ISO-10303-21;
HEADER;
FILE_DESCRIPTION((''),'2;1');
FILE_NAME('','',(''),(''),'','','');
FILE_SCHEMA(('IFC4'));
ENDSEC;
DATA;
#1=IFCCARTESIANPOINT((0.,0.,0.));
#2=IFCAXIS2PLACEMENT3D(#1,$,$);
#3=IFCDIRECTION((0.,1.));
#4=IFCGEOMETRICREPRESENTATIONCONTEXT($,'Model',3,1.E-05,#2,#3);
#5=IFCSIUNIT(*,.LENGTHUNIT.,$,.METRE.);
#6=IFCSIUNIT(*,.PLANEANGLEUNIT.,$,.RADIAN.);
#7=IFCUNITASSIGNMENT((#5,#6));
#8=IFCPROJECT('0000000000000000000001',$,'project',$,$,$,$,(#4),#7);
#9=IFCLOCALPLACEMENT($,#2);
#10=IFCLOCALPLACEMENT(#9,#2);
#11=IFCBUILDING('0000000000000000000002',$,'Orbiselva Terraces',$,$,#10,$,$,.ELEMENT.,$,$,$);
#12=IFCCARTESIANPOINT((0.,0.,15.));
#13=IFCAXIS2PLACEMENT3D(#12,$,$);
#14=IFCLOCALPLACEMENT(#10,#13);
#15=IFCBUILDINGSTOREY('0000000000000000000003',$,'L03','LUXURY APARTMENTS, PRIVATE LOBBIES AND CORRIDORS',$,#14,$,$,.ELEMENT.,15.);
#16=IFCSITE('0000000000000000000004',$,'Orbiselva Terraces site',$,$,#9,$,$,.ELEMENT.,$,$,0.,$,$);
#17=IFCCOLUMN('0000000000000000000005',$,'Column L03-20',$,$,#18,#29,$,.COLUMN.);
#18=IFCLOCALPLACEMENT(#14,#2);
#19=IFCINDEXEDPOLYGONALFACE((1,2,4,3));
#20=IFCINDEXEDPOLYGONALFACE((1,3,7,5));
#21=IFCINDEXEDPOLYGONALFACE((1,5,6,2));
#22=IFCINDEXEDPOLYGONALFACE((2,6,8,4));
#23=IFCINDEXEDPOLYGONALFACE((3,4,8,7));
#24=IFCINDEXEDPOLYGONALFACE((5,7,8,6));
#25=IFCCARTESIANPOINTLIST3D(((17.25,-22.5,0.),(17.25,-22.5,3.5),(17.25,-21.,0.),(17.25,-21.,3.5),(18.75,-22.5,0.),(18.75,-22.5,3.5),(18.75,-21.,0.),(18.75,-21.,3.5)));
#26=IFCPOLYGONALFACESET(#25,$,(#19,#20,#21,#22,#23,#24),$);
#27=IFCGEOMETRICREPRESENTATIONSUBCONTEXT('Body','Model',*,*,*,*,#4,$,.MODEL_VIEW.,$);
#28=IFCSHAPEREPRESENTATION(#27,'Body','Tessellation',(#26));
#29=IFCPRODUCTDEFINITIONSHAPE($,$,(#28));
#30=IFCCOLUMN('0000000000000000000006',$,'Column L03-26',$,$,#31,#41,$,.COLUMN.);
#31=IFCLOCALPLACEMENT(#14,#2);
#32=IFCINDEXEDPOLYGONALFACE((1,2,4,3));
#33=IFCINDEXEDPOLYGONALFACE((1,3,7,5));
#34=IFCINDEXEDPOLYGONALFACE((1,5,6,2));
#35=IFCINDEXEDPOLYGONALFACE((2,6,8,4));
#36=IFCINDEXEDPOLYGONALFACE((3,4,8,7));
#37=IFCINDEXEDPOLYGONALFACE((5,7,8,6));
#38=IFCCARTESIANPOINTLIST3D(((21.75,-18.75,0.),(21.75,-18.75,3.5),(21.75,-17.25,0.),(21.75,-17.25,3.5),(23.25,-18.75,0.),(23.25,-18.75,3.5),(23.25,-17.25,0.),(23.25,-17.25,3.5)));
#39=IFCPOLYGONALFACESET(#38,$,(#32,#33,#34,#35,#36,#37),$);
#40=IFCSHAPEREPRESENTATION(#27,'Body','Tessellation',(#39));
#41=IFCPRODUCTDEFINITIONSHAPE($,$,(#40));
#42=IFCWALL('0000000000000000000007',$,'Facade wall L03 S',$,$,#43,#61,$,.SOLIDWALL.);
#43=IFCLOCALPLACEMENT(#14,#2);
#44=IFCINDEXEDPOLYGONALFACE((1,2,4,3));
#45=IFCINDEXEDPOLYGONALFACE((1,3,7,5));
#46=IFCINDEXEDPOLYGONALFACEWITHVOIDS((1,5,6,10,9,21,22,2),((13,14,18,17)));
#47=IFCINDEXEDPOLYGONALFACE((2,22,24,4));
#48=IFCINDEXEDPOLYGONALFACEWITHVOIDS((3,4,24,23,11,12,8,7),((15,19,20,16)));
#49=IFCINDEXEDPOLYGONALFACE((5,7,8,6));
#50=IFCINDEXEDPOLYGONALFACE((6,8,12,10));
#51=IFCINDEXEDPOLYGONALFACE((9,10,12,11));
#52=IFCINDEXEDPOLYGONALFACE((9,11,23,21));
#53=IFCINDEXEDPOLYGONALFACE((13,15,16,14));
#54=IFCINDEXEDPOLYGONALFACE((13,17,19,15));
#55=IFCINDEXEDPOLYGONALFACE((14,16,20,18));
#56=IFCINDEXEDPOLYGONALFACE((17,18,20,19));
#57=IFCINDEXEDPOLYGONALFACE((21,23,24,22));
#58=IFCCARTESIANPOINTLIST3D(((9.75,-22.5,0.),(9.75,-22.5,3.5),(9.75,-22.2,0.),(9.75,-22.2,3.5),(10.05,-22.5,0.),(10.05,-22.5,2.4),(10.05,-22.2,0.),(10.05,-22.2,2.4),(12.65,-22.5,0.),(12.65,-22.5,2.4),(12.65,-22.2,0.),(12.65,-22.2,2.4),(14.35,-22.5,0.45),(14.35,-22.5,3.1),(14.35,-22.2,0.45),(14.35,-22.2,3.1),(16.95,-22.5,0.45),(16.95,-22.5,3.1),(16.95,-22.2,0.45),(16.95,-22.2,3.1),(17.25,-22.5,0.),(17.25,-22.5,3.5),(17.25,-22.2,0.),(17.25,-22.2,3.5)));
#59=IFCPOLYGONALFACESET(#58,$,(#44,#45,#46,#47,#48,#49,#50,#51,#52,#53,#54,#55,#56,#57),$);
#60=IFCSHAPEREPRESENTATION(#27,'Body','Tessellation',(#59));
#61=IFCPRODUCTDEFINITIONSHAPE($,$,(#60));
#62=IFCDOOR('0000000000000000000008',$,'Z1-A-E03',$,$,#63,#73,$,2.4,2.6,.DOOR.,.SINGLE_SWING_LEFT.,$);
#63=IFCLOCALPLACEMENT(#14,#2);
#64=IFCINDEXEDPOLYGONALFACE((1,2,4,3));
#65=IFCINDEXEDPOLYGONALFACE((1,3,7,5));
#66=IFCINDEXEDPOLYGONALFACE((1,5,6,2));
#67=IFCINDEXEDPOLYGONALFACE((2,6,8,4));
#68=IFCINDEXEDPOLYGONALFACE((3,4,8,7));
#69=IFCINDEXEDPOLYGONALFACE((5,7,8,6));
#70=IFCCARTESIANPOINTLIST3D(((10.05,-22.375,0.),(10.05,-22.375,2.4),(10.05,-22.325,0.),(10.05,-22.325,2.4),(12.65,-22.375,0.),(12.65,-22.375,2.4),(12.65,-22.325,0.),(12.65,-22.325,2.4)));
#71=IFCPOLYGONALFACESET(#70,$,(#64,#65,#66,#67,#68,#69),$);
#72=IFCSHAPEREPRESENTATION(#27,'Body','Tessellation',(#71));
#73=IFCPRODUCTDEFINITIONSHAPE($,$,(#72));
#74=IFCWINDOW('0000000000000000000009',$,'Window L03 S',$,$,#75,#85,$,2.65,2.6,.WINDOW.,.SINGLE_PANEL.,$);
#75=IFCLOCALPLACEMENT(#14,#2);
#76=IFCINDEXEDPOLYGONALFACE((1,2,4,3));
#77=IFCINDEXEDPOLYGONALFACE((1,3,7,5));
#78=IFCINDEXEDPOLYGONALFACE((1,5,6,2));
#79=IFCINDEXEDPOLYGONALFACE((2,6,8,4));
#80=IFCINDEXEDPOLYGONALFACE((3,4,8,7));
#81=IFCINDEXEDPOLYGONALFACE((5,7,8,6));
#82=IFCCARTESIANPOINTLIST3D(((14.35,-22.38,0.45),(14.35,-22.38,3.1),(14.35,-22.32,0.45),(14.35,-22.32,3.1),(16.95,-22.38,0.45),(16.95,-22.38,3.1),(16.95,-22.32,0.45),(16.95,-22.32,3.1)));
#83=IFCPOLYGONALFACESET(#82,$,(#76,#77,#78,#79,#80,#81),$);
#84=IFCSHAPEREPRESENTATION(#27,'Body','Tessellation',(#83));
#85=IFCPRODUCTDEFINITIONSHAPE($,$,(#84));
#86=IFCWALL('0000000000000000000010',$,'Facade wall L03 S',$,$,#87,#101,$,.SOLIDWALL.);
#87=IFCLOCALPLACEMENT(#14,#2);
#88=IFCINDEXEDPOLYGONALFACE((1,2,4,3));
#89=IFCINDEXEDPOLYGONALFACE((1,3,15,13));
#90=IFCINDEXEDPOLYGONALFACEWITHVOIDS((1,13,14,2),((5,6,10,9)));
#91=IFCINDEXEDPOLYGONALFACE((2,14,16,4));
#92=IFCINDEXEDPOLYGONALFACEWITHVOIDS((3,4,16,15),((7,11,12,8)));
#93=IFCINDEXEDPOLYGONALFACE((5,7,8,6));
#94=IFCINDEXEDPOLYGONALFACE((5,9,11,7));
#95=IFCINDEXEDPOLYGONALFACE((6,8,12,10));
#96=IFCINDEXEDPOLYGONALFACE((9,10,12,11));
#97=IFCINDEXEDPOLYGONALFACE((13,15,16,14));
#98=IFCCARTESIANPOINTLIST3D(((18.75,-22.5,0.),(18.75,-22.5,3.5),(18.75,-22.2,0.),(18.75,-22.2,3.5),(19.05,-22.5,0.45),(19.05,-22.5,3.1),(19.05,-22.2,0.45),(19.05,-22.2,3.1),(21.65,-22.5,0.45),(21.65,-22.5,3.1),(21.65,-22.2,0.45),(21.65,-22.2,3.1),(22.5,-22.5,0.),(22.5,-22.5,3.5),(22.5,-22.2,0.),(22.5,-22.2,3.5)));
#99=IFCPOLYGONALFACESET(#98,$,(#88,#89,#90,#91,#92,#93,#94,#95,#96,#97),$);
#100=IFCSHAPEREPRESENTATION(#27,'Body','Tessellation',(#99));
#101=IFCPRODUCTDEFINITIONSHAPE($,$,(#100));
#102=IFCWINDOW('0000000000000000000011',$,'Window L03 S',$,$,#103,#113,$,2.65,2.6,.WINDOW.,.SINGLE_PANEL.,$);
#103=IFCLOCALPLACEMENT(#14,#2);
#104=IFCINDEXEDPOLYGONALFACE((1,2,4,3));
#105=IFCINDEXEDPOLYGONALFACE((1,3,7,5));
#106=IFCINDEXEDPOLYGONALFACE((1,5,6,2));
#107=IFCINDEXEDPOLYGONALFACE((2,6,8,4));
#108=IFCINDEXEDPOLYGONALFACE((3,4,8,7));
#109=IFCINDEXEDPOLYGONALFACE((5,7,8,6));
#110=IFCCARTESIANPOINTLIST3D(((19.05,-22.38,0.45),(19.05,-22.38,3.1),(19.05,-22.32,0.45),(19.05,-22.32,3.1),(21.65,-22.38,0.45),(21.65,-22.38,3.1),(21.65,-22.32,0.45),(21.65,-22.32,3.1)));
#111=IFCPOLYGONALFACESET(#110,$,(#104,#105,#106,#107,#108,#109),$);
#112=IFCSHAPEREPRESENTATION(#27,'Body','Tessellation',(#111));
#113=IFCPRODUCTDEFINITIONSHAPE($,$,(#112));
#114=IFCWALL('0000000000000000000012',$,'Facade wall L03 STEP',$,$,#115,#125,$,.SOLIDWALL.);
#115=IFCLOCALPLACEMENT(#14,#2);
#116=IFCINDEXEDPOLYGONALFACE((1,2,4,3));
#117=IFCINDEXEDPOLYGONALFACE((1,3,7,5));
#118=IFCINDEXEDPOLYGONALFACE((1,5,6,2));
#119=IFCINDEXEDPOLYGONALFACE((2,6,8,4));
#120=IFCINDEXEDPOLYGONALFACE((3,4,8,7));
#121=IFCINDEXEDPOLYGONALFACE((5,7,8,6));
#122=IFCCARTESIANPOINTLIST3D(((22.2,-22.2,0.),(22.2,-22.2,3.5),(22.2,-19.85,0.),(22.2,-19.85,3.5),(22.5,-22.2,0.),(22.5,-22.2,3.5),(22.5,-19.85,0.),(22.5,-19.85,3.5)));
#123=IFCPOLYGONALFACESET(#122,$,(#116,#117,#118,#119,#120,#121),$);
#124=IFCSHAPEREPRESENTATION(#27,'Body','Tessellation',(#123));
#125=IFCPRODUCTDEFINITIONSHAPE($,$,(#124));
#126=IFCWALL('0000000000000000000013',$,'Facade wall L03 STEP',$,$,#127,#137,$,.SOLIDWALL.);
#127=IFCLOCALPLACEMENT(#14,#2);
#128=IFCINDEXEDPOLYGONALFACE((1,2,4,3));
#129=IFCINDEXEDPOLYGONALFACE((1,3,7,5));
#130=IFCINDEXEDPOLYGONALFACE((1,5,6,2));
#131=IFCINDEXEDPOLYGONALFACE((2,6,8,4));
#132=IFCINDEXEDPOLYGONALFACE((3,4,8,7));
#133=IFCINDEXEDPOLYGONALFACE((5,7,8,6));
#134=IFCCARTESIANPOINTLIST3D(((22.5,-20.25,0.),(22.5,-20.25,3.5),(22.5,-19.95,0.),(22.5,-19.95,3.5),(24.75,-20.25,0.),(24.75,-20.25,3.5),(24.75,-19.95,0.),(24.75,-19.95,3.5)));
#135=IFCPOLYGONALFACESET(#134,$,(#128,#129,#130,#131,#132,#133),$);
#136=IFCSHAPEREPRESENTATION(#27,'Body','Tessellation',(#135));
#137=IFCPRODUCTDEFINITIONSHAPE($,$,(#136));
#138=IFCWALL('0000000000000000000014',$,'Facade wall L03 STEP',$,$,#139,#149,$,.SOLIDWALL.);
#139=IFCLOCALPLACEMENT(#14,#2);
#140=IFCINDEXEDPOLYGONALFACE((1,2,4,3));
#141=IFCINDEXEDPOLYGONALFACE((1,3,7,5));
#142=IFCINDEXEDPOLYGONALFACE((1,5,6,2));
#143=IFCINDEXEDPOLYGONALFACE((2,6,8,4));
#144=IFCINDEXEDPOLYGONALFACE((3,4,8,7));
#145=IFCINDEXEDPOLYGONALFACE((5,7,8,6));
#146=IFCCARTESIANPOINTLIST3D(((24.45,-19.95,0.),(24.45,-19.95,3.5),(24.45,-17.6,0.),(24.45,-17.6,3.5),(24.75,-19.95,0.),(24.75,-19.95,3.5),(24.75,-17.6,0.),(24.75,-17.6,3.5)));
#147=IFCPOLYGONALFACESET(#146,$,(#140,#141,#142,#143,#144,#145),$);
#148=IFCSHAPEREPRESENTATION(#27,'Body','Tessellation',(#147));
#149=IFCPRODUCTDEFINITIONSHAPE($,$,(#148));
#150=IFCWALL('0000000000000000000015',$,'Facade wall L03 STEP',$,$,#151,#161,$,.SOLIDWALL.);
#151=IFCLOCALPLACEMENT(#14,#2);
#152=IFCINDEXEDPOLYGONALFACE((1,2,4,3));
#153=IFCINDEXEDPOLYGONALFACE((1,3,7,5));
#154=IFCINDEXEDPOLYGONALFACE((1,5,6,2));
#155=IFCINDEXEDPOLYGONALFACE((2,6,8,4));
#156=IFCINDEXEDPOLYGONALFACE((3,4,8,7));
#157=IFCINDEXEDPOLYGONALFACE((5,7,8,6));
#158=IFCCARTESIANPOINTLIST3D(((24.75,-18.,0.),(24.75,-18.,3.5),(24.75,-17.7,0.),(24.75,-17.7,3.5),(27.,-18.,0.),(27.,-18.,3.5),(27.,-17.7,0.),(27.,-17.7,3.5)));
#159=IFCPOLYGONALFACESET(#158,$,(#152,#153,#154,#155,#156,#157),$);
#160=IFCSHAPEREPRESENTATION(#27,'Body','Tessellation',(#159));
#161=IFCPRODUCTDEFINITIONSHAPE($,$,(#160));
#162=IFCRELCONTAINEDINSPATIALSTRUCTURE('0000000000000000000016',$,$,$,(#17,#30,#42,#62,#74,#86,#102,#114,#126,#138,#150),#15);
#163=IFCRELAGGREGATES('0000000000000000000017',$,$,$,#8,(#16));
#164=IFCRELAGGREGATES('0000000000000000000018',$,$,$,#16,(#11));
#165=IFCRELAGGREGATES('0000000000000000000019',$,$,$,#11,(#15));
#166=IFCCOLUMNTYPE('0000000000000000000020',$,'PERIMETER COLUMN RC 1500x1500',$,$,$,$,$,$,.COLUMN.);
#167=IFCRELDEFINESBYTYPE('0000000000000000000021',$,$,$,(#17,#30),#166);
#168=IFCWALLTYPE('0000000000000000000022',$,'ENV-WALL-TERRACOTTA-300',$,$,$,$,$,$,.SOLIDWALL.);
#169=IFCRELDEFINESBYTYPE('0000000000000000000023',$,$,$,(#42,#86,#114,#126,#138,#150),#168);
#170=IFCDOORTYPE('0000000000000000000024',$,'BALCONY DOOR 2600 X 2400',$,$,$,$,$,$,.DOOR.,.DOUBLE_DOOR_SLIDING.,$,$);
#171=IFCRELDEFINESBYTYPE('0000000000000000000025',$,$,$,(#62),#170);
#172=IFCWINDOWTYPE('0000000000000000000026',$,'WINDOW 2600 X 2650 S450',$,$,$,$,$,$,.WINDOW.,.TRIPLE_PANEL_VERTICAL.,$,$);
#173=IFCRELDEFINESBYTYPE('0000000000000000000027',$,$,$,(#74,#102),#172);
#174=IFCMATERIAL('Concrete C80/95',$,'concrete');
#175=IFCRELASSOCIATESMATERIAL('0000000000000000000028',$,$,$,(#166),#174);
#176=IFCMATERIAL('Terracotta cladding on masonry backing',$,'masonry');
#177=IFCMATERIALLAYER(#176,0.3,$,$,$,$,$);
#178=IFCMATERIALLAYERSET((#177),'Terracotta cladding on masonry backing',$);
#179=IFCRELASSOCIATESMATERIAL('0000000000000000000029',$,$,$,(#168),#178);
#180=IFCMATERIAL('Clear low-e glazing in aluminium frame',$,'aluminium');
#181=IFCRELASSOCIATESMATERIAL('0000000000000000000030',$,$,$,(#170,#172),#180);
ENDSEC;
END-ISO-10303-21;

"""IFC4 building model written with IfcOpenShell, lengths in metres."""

from ifc_helpers import new_model, si_unit, direction, frame, frame_2d, origin, origin_2d, place, context, subcontext, project, spatial, rectangle, extrude, material, layer, layer_set, material_profile, profile_set, type_object, element, fill, save


model = new_model("IFC4")

# Units and contexts
model_context = context("Model", 3, precision=1e-05, world=origin(), true_north=direction((0.0, 1.0)))
body_context = subcontext(model_context, "Body", "Model", "MODEL_VIEW")
ifc_project = project(units=[si_unit("LENGTHUNIT", "METRE"), si_unit("PLANEANGLEUNIT", "RADIAN")], contexts=[model_context])

# Site, building, storey
site_placement = place(None, origin())
site = spatial("IfcSite", under=ifc_project, at=site_placement, Name="Orbiselva Terraces site", CompositionType="ELEMENT", RefElevation=0.0)
building_placement = place(site_placement, origin())
building = spatial("IfcBuilding", under=site, at=building_placement, Name="Orbiselva Terraces", CompositionType="ELEMENT")
storey_placement = place(building_placement, frame((0.0, 0.0, 15.0)))
storey = spatial("IfcBuildingStorey", under=building, at=storey_placement, Name="L03", Description="LUXURY APARTMENTS, PRIVATE LOBBIES AND CORRIDORS", CompositionType="ELEMENT", Elevation=15.0)

# Columns
ifc_material_1 = material(Name="Concrete C80/95", Category="concrete")
ifc_material_profile = material_profile(ifc_material_1, rectangle(XDim=1.5, YDim=1.5, at=origin_2d()), Name="RC 1500x1500")
ifc_profile_set = profile_set([ifc_material_profile], Name="Concrete C80/95")
column_type = type_object("IfcColumnType", Name="PERIMETER COLUMN RC 1500x1500", PredefinedType="COLUMN", material=ifc_profile_set)
for number, where, z_axis, x_axis, name in (
    (1, (18.0, -21.75, 0.0), (0.0, 0.0, 1.0), (1.0, 0.0, 0.0), "Column L03-20"),
    (2, (22.5, -18.0, 0.0), (0.0, 0.0, 1.0), (1.0, 0.0, 0.0), "Column L03-26"),
):
    element("IfcColumn", number, at=place(storey_placement, frame(where, z_axis=z_axis, x_axis=x_axis)), inside=storey, type_object=column_type, Name=name, PredefinedType="COLUMN", context=body_context, shape_type="SweptSolid", body=[
        extrude(rectangle(XDim=1.5, YDim=1.5, at=origin_2d()), origin(), (0.0, 0.0, 1.0), 3.5),
    ])

# Wall, openings, door, window
ifc_material_2 = material(Name="Terracotta cladding on masonry backing", Category="masonry")
ifc_layer_1 = layer(ifc_material_2, 0.3)
ifc_layer_set_1 = layer_set([ifc_layer_1], Name="Terracotta cladding on masonry backing")
wall_type_1 = type_object("IfcWallType", Name="ENV-WALL-TERRACOTTA-300", PredefinedType="SOLIDWALL", material=ifc_layer_set_1)
wall_1_placement = place(storey_placement, frame((17.25, -22.35, 0.0), z_axis=(0.0, 0.0, 1.0), x_axis=(-1.0, 0.0, 0.0)))
wall_1 = element("IfcWall", 3, at=wall_1_placement, inside=storey, type_object=wall_type_1, Name="Facade wall L03 S", PredefinedType="SOLIDWALL", context=body_context, shape_type="SweptSolid", body=[
    extrude(rectangle(XDim=7.5, YDim=0.3, at=frame_2d((3.75, 0.0))), origin(), (0.0, 0.0, 1.0), 3.5),
])
opening_1_placement = place(wall_1_placement, frame((4.6, 0.0, 0.0)))
opening_1 = element("IfcOpeningElement", 4, at=opening_1_placement, cuts=wall_1, PredefinedType="OPENING", context=body_context, shape_type="SweptSolid", body=[
    extrude(rectangle(XDim=2.6, YDim=2.4, at=frame_2d((1.3, 1.2))), frame((0.0, 0.16, 0.0), z_axis=(0.0, -1.0, 0.0), x_axis=(1.0, 0.0, 0.0)), (0.0, 0.0, 1.0), 0.32),
])
opening_2_placement = place(wall_1_placement, frame((0.3, 0.0, 0.45)))
opening_2 = element("IfcOpeningElement", 5, at=opening_2_placement, cuts=wall_1, PredefinedType="OPENING", context=body_context, shape_type="SweptSolid", body=[
    extrude(rectangle(XDim=2.6, YDim=2.65, at=frame_2d((1.3, 1.325))), frame((0.0, 0.16, 0.0), z_axis=(0.0, -1.0, 0.0), x_axis=(1.0, 0.0, 0.0)), (0.0, 0.0, 1.0), 0.32),
])
ifc_material_3 = material(Name="Clear low-e glazing in aluminium frame", Category="aluminium")
door_type_1 = type_object("IfcDoorType", Name="BALCONY DOOR 2600 X 2400", OperationType="DOUBLE_DOOR_SLIDING", PredefinedType="DOOR", material=ifc_material_3)
door_1_placement = place(opening_1_placement, origin())
door_1 = element("IfcDoor", 6, at=door_1_placement, inside=storey, type_object=door_type_1, Name="Z1-A-E03", OperationType="SINGLE_SWING_LEFT", OverallHeight=2.4, OverallWidth=2.6, PredefinedType="DOOR", context=body_context, shape_type="SweptSolid", body=[
    extrude(rectangle(XDim=2.6, YDim=2.4, at=frame_2d((1.3, 1.2))), frame((0.0, 0.025, 0.0), z_axis=(0.0, -1.0, 0.0), x_axis=(1.0, 0.0, 0.0)), (0.0, 0.0, 1.0), 0.05),
])
fill(opening_1, door_1)
window_type = type_object("IfcWindowType", Name="WINDOW 2600 X 2650 S450", PartitioningType="TRIPLE_PANEL_VERTICAL", PredefinedType="WINDOW", material=ifc_material_3)
window_1_placement = place(opening_2_placement, origin())
window_1 = element("IfcWindow", 7, at=window_1_placement, inside=storey, type_object=window_type, Name="Window L03 S", OverallHeight=2.65, OverallWidth=2.6, PartitioningType="SINGLE_PANEL", PredefinedType="WINDOW", context=body_context, shape_type="SweptSolid", body=[
    extrude(rectangle(XDim=2.6, YDim=2.65, at=frame_2d((1.3, 1.325))), frame((0.0, 0.03, 0.0), z_axis=(0.0, -1.0, 0.0), x_axis=(1.0, 0.0, 0.0)), (0.0, 0.0, 1.0), 0.06),
])
fill(opening_2, window_1)

# Wall, opening, window
wall_2_placement = place(storey_placement, frame((22.5, -22.35, 0.0), z_axis=(0.0, 0.0, 1.0), x_axis=(-1.0, 0.0, 0.0)))
wall_2 = element("IfcWall", 8, at=wall_2_placement, inside=storey, type_object=wall_type_1, Name="Facade wall L03 S", PredefinedType="SOLIDWALL", context=body_context, shape_type="SweptSolid", body=[
    extrude(rectangle(XDim=3.75, YDim=0.3, at=frame_2d((1.875, 0.0))), origin(), (0.0, 0.0, 1.0), 3.5),
])
opening_3_placement = place(wall_2_placement, frame((0.85, 0.0, 0.45)))
opening_3 = element("IfcOpeningElement", 9, at=opening_3_placement, cuts=wall_2, PredefinedType="OPENING", context=body_context, shape_type="SweptSolid", body=[
    extrude(rectangle(XDim=2.6, YDim=2.65, at=frame_2d((1.3, 1.325))), frame((0.0, 0.16, 0.0), z_axis=(0.0, -1.0, 0.0), x_axis=(1.0, 0.0, 0.0)), (0.0, 0.0, 1.0), 0.32),
])
window_2_placement = place(opening_3_placement, origin())
window_2 = element("IfcWindow", 10, at=window_2_placement, inside=storey, type_object=window_type, Name="Window L03 S", OverallHeight=2.65, OverallWidth=2.6, PartitioningType="SINGLE_PANEL", PredefinedType="WINDOW", context=body_context, shape_type="SweptSolid", body=[
    extrude(rectangle(XDim=2.6, YDim=2.65, at=frame_2d((1.3, 1.325))), frame((0.0, 0.03, 0.0), z_axis=(0.0, -1.0, 0.0), x_axis=(1.0, 0.0, 0.0)), (0.0, 0.0, 1.0), 0.06),
])
fill(opening_3, window_2)

# Walls
wall_3_placement = place(storey_placement, frame((22.35, -19.85, 0.0), z_axis=(0.0, 0.0, 1.0), x_axis=(0.0, -1.0, 0.0)))
element("IfcWall", 11, at=wall_3_placement, inside=storey, type_object=wall_type_1, Name="Facade wall L03 STEP", PredefinedType="SOLIDWALL", context=body_context, shape_type="SweptSolid", body=[
    extrude(rectangle(XDim=2.35, YDim=0.3, at=frame_2d((1.175, 0.0))), origin(), (0.0, 0.0, 1.0), 3.5),
])
wall_4_placement = place(storey_placement, frame((24.75, -20.1, 0.0), z_axis=(0.0, 0.0, 1.0), x_axis=(-1.0, 0.0, 0.0)))
element("IfcWall", 12, at=wall_4_placement, inside=storey, type_object=wall_type_1, Name="Facade wall L03 STEP", PredefinedType="SOLIDWALL", context=body_context, shape_type="SweptSolid", body=[
    extrude(rectangle(XDim=2.25, YDim=0.3, at=frame_2d((1.125, 0.0))), origin(), (0.0, 0.0, 1.0), 3.5),
])
wall_5_placement = place(storey_placement, frame((24.6, -17.6, 0.0), z_axis=(0.0, 0.0, 1.0), x_axis=(0.0, -1.0, 0.0)))
element("IfcWall", 13, at=wall_5_placement, inside=storey, type_object=wall_type_1, Name="Facade wall L03 STEP", PredefinedType="SOLIDWALL", context=body_context, shape_type="SweptSolid", body=[
    extrude(rectangle(XDim=2.35, YDim=0.3, at=frame_2d((1.175, 0.0))), origin(), (0.0, 0.0, 1.0), 3.5),
])
wall_6_placement = place(storey_placement, frame((27.0, -17.85, 0.0), z_axis=(0.0, 0.0, 1.0), x_axis=(-1.0, 0.0, 0.0)))
element("IfcWall", 14, at=wall_6_placement, inside=storey, type_object=wall_type_1, Name="Facade wall L03 STEP", PredefinedType="SOLIDWALL", context=body_context, shape_type="SweptSolid", body=[
    extrude(rectangle(XDim=2.25, YDim=0.3, at=frame_2d((1.125, 0.0))), origin(), (0.0, 0.0, 1.0), 3.5),
])

save(model, "model.ifc")
